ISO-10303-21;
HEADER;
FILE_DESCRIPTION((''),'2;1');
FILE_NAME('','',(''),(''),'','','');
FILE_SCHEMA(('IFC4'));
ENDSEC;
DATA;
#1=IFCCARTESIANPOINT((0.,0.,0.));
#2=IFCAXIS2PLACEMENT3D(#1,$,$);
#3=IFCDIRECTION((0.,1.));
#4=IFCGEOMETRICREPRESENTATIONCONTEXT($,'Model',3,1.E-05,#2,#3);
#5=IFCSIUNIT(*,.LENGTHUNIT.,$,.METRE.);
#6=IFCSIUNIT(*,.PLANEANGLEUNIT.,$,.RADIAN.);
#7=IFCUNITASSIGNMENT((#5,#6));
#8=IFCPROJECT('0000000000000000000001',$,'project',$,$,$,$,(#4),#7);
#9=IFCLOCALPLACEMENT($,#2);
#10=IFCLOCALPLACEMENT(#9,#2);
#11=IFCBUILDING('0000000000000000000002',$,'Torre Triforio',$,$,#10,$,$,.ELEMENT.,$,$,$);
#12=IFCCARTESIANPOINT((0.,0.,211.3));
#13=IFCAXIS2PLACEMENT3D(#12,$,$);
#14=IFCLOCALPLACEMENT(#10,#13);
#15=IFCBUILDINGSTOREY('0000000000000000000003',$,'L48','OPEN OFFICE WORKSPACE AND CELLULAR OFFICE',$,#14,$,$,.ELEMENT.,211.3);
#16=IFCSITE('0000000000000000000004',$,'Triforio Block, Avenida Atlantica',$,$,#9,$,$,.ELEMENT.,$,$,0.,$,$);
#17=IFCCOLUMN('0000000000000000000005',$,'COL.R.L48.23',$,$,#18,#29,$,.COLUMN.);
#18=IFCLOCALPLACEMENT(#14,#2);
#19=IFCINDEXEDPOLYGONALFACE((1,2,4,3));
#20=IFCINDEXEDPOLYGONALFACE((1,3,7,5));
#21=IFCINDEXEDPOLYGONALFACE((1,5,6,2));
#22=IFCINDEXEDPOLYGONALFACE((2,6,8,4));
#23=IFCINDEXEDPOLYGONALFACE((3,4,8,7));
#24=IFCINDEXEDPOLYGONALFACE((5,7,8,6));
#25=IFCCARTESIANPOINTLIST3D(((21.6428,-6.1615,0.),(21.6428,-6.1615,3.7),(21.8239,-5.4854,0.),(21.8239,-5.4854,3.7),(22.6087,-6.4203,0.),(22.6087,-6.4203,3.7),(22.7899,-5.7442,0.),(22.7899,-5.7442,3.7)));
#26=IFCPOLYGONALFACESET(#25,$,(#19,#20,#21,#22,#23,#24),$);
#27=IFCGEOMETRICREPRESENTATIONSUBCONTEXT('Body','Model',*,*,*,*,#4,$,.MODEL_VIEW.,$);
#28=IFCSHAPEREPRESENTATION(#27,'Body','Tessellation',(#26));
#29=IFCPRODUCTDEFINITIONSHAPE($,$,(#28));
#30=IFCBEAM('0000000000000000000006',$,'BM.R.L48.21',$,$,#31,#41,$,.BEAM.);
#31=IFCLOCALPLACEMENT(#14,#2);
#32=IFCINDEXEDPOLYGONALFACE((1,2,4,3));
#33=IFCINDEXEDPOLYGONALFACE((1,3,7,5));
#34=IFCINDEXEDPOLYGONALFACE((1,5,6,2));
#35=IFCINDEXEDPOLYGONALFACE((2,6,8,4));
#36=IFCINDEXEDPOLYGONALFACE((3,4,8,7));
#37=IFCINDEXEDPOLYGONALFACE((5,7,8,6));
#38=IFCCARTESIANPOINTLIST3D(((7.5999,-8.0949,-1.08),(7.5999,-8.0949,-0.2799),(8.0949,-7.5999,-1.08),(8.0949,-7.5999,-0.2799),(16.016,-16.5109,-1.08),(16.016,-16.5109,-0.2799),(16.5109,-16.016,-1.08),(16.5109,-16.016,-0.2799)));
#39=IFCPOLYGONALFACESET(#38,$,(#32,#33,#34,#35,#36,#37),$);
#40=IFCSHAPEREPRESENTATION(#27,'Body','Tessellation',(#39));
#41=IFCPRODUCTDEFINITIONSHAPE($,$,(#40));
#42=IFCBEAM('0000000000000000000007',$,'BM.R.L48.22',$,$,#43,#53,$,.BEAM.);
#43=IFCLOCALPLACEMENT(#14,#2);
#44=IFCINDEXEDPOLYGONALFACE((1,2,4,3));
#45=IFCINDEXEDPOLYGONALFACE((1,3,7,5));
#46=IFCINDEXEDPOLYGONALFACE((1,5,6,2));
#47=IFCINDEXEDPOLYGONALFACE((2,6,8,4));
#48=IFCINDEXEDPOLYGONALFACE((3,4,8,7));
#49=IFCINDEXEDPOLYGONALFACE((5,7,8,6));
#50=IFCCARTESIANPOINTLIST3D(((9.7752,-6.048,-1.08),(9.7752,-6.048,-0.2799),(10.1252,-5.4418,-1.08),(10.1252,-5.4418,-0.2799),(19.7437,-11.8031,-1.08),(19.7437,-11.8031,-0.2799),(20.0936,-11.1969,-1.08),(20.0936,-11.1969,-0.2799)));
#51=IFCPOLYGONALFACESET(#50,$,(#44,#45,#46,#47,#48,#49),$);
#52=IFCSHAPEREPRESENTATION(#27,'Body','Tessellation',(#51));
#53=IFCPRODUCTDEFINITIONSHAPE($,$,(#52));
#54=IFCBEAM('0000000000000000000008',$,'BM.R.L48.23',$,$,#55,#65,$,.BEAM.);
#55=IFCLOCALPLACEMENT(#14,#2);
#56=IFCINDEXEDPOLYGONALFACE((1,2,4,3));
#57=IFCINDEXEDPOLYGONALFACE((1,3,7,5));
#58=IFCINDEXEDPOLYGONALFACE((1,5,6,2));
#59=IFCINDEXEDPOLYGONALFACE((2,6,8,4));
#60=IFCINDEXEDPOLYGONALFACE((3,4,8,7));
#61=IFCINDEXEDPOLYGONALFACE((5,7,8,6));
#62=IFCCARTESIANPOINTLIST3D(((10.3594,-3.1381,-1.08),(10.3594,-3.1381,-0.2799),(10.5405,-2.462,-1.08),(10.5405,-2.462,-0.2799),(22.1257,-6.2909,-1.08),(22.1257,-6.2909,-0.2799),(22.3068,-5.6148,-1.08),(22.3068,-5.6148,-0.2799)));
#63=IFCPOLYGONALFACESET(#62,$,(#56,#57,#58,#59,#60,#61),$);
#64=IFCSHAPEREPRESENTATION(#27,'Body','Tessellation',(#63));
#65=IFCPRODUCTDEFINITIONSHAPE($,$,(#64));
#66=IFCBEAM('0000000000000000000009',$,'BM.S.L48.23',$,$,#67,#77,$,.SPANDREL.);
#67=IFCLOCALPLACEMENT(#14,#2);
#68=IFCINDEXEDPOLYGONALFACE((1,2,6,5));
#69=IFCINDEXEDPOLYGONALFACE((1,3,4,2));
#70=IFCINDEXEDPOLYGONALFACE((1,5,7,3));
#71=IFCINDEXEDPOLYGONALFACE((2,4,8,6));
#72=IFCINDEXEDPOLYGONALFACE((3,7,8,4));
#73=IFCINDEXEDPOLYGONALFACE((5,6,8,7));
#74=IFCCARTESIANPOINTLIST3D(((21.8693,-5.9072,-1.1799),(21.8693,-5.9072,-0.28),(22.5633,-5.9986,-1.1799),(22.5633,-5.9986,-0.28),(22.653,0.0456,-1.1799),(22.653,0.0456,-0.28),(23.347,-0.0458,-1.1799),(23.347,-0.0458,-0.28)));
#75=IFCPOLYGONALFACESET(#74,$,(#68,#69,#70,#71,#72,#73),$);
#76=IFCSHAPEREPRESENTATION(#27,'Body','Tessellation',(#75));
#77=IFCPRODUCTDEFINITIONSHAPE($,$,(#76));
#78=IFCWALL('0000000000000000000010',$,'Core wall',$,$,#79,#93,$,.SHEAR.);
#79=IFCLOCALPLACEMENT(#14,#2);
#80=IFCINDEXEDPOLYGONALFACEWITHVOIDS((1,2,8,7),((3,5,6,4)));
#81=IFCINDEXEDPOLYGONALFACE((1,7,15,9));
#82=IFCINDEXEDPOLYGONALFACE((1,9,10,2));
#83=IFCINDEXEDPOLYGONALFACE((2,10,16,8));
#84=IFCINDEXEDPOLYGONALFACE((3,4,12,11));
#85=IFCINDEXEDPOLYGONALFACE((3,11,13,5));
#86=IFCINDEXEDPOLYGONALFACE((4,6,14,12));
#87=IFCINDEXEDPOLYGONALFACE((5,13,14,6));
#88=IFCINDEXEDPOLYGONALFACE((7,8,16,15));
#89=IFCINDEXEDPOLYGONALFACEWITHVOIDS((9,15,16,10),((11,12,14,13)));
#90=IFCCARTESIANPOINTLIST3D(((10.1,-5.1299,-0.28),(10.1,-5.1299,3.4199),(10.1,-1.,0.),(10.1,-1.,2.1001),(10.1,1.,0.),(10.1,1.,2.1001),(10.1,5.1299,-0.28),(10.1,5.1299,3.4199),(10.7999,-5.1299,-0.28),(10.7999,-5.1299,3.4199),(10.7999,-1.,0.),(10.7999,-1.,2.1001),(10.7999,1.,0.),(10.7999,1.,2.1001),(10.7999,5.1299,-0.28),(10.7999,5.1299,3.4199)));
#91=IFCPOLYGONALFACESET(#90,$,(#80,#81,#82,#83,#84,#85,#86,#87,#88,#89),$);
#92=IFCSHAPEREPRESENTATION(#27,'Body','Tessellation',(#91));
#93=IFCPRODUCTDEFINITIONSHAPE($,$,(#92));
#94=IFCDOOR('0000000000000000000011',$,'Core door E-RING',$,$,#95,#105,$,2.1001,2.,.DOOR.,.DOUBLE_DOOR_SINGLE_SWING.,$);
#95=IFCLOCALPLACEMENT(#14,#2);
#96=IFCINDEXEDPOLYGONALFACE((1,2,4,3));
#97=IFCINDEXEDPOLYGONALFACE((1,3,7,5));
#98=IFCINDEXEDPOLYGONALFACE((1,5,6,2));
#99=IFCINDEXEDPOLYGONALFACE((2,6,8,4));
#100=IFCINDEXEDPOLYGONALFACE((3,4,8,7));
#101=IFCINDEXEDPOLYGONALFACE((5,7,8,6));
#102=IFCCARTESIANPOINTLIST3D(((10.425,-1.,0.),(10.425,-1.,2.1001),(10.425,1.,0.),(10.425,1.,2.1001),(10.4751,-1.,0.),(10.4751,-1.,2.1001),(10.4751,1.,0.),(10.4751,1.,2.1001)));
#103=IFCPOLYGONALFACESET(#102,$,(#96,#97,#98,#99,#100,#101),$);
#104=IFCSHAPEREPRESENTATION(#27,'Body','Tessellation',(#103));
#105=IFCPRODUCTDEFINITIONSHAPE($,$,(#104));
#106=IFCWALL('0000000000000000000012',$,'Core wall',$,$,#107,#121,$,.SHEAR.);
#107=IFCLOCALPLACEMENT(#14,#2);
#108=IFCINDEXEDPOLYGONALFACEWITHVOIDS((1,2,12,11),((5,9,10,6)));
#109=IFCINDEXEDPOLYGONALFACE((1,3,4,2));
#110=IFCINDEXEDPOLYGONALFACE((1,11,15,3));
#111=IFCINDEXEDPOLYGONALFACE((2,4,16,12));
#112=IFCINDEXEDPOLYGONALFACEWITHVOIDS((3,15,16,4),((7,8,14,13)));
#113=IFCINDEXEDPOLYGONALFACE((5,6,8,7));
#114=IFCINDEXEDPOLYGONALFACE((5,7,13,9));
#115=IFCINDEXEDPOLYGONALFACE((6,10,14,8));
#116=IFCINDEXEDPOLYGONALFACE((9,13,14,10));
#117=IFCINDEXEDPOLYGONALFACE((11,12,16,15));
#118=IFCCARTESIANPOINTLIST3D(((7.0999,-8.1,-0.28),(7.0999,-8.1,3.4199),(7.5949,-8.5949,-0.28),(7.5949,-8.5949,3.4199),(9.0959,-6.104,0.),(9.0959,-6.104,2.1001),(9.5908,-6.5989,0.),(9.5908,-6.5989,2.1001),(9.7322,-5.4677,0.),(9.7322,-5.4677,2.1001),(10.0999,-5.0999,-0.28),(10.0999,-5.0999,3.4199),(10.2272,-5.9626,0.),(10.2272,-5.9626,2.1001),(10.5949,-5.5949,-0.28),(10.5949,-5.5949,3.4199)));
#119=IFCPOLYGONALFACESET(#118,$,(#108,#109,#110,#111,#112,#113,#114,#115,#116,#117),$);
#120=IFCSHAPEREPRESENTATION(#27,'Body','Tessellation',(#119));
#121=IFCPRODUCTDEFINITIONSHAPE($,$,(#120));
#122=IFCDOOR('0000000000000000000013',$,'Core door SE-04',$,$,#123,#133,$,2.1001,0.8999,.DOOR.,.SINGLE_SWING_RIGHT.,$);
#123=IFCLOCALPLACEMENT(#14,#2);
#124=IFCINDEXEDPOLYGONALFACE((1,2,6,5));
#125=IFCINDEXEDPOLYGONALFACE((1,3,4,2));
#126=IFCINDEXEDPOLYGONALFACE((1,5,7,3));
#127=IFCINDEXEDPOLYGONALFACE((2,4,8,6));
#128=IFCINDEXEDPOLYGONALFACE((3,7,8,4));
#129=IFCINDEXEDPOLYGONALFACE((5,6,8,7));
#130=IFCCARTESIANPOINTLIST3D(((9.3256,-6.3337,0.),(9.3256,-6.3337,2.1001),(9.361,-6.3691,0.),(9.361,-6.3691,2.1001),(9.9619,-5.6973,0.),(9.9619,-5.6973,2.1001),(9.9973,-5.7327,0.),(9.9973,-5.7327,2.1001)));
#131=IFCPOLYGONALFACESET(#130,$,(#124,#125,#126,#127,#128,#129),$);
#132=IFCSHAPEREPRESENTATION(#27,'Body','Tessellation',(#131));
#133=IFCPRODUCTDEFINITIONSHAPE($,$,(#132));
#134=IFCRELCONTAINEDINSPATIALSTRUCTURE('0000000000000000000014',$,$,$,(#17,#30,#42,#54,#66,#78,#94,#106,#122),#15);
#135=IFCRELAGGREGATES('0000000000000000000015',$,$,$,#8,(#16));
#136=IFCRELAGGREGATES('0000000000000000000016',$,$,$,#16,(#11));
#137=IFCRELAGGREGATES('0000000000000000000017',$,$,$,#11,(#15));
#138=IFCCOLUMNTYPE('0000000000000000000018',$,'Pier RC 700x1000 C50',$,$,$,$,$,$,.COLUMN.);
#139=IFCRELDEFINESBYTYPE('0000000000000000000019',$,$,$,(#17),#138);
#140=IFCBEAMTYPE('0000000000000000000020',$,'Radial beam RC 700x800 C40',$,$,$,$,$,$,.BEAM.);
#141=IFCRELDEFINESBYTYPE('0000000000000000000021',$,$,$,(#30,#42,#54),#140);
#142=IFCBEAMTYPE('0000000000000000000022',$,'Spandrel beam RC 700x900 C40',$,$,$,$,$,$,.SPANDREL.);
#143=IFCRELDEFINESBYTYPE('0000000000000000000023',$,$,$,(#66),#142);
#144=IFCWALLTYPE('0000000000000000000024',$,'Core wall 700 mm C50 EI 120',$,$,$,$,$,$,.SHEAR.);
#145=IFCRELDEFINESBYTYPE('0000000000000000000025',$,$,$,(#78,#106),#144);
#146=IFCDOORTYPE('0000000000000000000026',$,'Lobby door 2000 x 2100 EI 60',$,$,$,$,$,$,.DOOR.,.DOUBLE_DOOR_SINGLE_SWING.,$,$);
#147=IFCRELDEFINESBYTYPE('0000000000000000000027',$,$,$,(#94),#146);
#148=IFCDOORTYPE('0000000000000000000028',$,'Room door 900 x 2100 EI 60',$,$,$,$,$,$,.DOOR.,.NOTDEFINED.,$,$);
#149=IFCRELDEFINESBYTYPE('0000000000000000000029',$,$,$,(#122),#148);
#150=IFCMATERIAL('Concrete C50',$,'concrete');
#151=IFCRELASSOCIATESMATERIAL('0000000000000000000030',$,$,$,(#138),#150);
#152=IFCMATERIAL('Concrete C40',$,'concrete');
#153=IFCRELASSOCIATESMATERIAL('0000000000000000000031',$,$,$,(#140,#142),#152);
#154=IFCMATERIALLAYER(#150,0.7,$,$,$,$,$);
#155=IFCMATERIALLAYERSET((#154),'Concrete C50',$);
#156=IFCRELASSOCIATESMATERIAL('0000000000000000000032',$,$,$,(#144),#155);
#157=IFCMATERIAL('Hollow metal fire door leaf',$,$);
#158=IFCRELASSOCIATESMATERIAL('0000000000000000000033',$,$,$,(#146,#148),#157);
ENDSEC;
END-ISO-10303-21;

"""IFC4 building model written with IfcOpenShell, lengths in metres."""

from ifc_helpers import new_model, si_unit, direction, frame, frame_2d, origin, origin_2d, place, context, subcontext, project, spatial, rectangle, extrude, material, layer, layer_set, material_profile, profile_set, type_object, element, fill, save


model = new_model("IFC4")

# Units and contexts
model_context = context("Model", 3, precision=1e-05, world=origin(), true_north=direction((0.0, 1.0)))
body_context = subcontext(model_context, "Body", "Model", "MODEL_VIEW")
ifc_project = project(units=[si_unit("LENGTHUNIT", "METRE"), si_unit("PLANEANGLEUNIT", "RADIAN")], contexts=[model_context])

# Site, building, storey
site_placement = place(None, origin())
site = spatial("IfcSite", under=ifc_project, at=site_placement, Name="Triforio Block, Avenida Atlantica", CompositionType="ELEMENT", RefElevation=0.0)
building_placement = place(site_placement, origin())
building = spatial("IfcBuilding", under=site, at=building_placement, Name="Torre Triforio", CompositionType="ELEMENT")
storey_placement = place(building_placement, frame((0.0, 0.0, 211.3)))
storey = spatial("IfcBuildingStorey", under=building, at=storey_placement, Name="L48", Description="OPEN OFFICE WORKSPACE AND CELLULAR OFFICE", CompositionType="ELEMENT", Elevation=211.3)

# Column
ifc_material_1 = material(Name="Concrete C50", Category="concrete")
ifc_material_profile_1 = material_profile(ifc_material_1, rectangle(XDim=0.7, YDim=1.0, at=origin_2d()), Name="RC 700x1000")
ifc_profile_set_1 = profile_set([ifc_material_profile_1], Name="Concrete C50")
column_type = type_object("IfcColumnType", Name="Pier RC 700x1000 C50", PredefinedType="COLUMN", material=ifc_profile_set_1)
column_placement = place(storey_placement, frame((22.2163, -5.9529, 0.0), z_axis=(0.0, 0.0, 1.0), x_axis=(0.258819, 0.965926, 0.0)))
element("IfcColumn", 1, at=column_placement, inside=storey, type_object=column_type, Name="COL.R.L48.23", PredefinedType="COLUMN", context=body_context, shape_type="SweptSolid", body=[
    extrude(rectangle(XDim=0.7, YDim=1.0, at=origin_2d()), origin(), (0.0, 0.0, 1.0), 3.7),
])

# Beams
ifc_material_2 = material(Name="Concrete C40", Category="concrete")
ifc_material_profile_2 = material_profile(ifc_material_2, rectangle(XDim=0.7, YDim=0.8, at=origin_2d()), Name="RC 700x800")
ifc_profile_set_2 = profile_set([ifc_material_profile_2], Name="Concrete C40")
beam_type_1 = type_object("IfcBeamType", Name="Radial beam RC 700x800 C40", PredefinedType="BEAM", material=ifc_profile_set_2)
beam_1_placement = place(storey_placement, frame((7.8474, -7.8474, -0.6799), z_axis=(0.707107, -0.707107, 0.0), x_axis=(0.707107, 0.707107, 0.0)))
element("IfcBeam", 2, at=beam_1_placement, inside=storey, type_object=beam_type_1, Name="BM.R.L48.21", PredefinedType="BEAM", context=body_context, shape_type="SweptSolid", body=[
    extrude(rectangle(XDim=0.7, YDim=0.8, at=origin_2d()), origin(), (0.0, 0.0, 1.0), 11.9021),
])
beam_2_placement = place(storey_placement, frame((9.9502, -5.7449, -0.6799), z_axis=(0.866033, -0.499987, 0.0), x_axis=(0.499987, 0.866033, 0.0)))
element("IfcBeam", 3, at=beam_2_placement, inside=storey, type_object=beam_type_1, Name="BM.R.L48.22", PredefinedType="BEAM", context=body_context, shape_type="SweptSolid", body=[
    extrude(rectangle(XDim=0.7, YDim=0.8, at=origin_2d()), origin(), (0.0, 0.0, 1.0), 11.5105),
])
beam_3_placement = place(storey_placement, frame((10.45, -2.8, -0.6799), z_axis=(0.965925, -0.258823, 0.0), x_axis=(0.258823, 0.965925, 0.0)))
element("IfcBeam", 4, at=beam_3_placement, inside=storey, type_object=beam_type_1, Name="BM.R.L48.23", PredefinedType="BEAM", context=body_context, shape_type="SweptSolid", body=[
    extrude(rectangle(XDim=0.7, YDim=0.8, at=origin_2d()), origin(), (0.0, 0.0, 1.0), 12.1814),
])
ifc_material_profile_3 = material_profile(ifc_material_2, rectangle(XDim=0.7, YDim=0.8999, at=origin_2d()), Name="RC 700x900")
ifc_profile_set_3 = profile_set([ifc_material_profile_3], Name="Concrete C40")
beam_type_2 = type_object("IfcBeamType", Name="Spandrel beam RC 700x900 C40", PredefinedType="SPANDREL", material=ifc_profile_set_3)
beam_4_placement = place(storey_placement, frame((22.2163, -5.9529, -0.73), z_axis=(0.130523, 0.991445, 0.0), x_axis=(-0.991445, 0.130523, 0.0)))
element("IfcBeam", 5, at=beam_4_placement, inside=storey, type_object=beam_type_2, Name="BM.S.L48.23", PredefinedType="SPANDREL", context=body_context, shape_type="SweptSolid", body=[
    extrude(rectangle(XDim=0.7, YDim=0.8999, at=origin_2d()), origin(), (0.0, 0.0, 1.0), 6.0042),
])

# Walls, openings, doors
ifc_layer_1 = layer(ifc_material_1, 0.7)
ifc_layer_set_1 = layer_set([ifc_layer_1], Name="Concrete C50")
wall_type_1 = type_object("IfcWallType", Name="Core wall 700 mm C50 EI 120", PredefinedType="SHEAR", material=ifc_layer_set_1)
wall_1_placement = place(storey_placement, frame((10.45, -5.1299, -0.28), z_axis=(0.0, 0.0, 1.0), x_axis=(0.0, 1.0, 0.0)))
wall_1 = element("IfcWall", 6, at=wall_1_placement, inside=storey, type_object=wall_type_1, Name="Core wall", PredefinedType="SHEAR", context=body_context, shape_type="SweptSolid", body=[
    extrude(rectangle(XDim=10.2598, YDim=0.7, at=frame_2d((5.1299, 0.0))), origin(), (0.0, 0.0, 1.0), 3.7),
])
opening_1_placement = place(wall_1_placement, frame((4.1299, 0.0, 0.28)))
opening_1 = element("IfcOpeningElement", 7, at=opening_1_placement, cuts=wall_1, PredefinedType="OPENING", context=body_context, shape_type="SweptSolid", body=[
    extrude(rectangle(XDim=2.0, YDim=2.1001, at=frame_2d((1.0, 1.05))), frame((0.0, 0.3599, 0.0), z_axis=(0.0, -1.0, 0.0), x_axis=(1.0, 0.0, 0.0)), (0.0, 0.0, 1.0), 0.72),
])
ifc_material_3 = material(Name="Hollow metal fire door leaf")
door_type_1 = type_object("IfcDoorType", Name="Lobby door 2000 x 2100 EI 60", OperationType="DOUBLE_DOOR_SINGLE_SWING", PredefinedType="DOOR", material=ifc_material_3)
door_1_placement = place(opening_1_placement, origin())
door_1 = element("IfcDoor", 8, at=door_1_placement, inside=storey, type_object=door_type_1, Name="Core door E-RING", OperationType="DOUBLE_DOOR_SINGLE_SWING", OverallHeight=2.1001, OverallWidth=2.0, PredefinedType="DOOR", context=body_context, shape_type="SweptSolid", body=[
    extrude(rectangle(XDim=2.0, YDim=2.1001, at=frame_2d((1.0, 1.05))), frame((0.0, 0.0249, 0.0), z_axis=(0.0, -1.0, 0.0), x_axis=(1.0, 0.0, 0.0)), (0.0, 0.0, 1.0), 0.05),
])
fill(opening_1, door_1)
wall_2_placement = place(storey_placement, frame((10.3474, -5.3474, -0.28), z_axis=(0.0, 0.0, 1.0), x_axis=(-0.707107, -0.707107, 0.0)))
wall_2 = element("IfcWall", 9, at=wall_2_placement, inside=storey, type_object=wall_type_1, Name="Core wall", PredefinedType="SHEAR", context=body_context, shape_type="SweptSolid", body=[
    extrude(rectangle(XDim=4.2427, YDim=0.7, at=frame_2d((2.1213, 0.0))), origin(), (0.0, 0.0, 1.0), 3.7),
])
opening_2_placement = place(wall_2_placement, frame((0.52, 0.0, 0.28)))
opening_2 = element("IfcOpeningElement", 10, at=opening_2_placement, cuts=wall_2, PredefinedType="OPENING", context=body_context, shape_type="SweptSolid", body=[
    extrude(rectangle(XDim=0.8999, YDim=2.1001, at=frame_2d((0.45, 1.05))), frame((0.0, 0.3599, 0.0), z_axis=(0.0, -1.0, 0.0), x_axis=(1.0, 0.0, 0.0)), (0.0, 0.0, 1.0), 0.72),
])
door_type_2 = type_object("IfcDoorType", Name="Room door 900 x 2100 EI 60", OperationType="NOTDEFINED", PredefinedType="DOOR", material=ifc_material_3)
door_2_placement = place(opening_2_placement, origin())
door_2 = element("IfcDoor", 11, at=door_2_placement, inside=storey, type_object=door_type_2, Name="Core door SE-04", OperationType="SINGLE_SWING_RIGHT", OverallHeight=2.1001, OverallWidth=0.8999, PredefinedType="DOOR", context=body_context, shape_type="SweptSolid", body=[
    extrude(rectangle(XDim=0.8999, YDim=2.1001, at=frame_2d((0.45, 1.05))), frame((0.0, 0.0249, 0.0), z_axis=(0.0, -1.0, 0.0), x_axis=(1.0, 0.0, 0.0)), (0.0, 0.0, 1.0), 0.05),
])
fill(opening_2, door_2)

save(model, "model.ifc")
